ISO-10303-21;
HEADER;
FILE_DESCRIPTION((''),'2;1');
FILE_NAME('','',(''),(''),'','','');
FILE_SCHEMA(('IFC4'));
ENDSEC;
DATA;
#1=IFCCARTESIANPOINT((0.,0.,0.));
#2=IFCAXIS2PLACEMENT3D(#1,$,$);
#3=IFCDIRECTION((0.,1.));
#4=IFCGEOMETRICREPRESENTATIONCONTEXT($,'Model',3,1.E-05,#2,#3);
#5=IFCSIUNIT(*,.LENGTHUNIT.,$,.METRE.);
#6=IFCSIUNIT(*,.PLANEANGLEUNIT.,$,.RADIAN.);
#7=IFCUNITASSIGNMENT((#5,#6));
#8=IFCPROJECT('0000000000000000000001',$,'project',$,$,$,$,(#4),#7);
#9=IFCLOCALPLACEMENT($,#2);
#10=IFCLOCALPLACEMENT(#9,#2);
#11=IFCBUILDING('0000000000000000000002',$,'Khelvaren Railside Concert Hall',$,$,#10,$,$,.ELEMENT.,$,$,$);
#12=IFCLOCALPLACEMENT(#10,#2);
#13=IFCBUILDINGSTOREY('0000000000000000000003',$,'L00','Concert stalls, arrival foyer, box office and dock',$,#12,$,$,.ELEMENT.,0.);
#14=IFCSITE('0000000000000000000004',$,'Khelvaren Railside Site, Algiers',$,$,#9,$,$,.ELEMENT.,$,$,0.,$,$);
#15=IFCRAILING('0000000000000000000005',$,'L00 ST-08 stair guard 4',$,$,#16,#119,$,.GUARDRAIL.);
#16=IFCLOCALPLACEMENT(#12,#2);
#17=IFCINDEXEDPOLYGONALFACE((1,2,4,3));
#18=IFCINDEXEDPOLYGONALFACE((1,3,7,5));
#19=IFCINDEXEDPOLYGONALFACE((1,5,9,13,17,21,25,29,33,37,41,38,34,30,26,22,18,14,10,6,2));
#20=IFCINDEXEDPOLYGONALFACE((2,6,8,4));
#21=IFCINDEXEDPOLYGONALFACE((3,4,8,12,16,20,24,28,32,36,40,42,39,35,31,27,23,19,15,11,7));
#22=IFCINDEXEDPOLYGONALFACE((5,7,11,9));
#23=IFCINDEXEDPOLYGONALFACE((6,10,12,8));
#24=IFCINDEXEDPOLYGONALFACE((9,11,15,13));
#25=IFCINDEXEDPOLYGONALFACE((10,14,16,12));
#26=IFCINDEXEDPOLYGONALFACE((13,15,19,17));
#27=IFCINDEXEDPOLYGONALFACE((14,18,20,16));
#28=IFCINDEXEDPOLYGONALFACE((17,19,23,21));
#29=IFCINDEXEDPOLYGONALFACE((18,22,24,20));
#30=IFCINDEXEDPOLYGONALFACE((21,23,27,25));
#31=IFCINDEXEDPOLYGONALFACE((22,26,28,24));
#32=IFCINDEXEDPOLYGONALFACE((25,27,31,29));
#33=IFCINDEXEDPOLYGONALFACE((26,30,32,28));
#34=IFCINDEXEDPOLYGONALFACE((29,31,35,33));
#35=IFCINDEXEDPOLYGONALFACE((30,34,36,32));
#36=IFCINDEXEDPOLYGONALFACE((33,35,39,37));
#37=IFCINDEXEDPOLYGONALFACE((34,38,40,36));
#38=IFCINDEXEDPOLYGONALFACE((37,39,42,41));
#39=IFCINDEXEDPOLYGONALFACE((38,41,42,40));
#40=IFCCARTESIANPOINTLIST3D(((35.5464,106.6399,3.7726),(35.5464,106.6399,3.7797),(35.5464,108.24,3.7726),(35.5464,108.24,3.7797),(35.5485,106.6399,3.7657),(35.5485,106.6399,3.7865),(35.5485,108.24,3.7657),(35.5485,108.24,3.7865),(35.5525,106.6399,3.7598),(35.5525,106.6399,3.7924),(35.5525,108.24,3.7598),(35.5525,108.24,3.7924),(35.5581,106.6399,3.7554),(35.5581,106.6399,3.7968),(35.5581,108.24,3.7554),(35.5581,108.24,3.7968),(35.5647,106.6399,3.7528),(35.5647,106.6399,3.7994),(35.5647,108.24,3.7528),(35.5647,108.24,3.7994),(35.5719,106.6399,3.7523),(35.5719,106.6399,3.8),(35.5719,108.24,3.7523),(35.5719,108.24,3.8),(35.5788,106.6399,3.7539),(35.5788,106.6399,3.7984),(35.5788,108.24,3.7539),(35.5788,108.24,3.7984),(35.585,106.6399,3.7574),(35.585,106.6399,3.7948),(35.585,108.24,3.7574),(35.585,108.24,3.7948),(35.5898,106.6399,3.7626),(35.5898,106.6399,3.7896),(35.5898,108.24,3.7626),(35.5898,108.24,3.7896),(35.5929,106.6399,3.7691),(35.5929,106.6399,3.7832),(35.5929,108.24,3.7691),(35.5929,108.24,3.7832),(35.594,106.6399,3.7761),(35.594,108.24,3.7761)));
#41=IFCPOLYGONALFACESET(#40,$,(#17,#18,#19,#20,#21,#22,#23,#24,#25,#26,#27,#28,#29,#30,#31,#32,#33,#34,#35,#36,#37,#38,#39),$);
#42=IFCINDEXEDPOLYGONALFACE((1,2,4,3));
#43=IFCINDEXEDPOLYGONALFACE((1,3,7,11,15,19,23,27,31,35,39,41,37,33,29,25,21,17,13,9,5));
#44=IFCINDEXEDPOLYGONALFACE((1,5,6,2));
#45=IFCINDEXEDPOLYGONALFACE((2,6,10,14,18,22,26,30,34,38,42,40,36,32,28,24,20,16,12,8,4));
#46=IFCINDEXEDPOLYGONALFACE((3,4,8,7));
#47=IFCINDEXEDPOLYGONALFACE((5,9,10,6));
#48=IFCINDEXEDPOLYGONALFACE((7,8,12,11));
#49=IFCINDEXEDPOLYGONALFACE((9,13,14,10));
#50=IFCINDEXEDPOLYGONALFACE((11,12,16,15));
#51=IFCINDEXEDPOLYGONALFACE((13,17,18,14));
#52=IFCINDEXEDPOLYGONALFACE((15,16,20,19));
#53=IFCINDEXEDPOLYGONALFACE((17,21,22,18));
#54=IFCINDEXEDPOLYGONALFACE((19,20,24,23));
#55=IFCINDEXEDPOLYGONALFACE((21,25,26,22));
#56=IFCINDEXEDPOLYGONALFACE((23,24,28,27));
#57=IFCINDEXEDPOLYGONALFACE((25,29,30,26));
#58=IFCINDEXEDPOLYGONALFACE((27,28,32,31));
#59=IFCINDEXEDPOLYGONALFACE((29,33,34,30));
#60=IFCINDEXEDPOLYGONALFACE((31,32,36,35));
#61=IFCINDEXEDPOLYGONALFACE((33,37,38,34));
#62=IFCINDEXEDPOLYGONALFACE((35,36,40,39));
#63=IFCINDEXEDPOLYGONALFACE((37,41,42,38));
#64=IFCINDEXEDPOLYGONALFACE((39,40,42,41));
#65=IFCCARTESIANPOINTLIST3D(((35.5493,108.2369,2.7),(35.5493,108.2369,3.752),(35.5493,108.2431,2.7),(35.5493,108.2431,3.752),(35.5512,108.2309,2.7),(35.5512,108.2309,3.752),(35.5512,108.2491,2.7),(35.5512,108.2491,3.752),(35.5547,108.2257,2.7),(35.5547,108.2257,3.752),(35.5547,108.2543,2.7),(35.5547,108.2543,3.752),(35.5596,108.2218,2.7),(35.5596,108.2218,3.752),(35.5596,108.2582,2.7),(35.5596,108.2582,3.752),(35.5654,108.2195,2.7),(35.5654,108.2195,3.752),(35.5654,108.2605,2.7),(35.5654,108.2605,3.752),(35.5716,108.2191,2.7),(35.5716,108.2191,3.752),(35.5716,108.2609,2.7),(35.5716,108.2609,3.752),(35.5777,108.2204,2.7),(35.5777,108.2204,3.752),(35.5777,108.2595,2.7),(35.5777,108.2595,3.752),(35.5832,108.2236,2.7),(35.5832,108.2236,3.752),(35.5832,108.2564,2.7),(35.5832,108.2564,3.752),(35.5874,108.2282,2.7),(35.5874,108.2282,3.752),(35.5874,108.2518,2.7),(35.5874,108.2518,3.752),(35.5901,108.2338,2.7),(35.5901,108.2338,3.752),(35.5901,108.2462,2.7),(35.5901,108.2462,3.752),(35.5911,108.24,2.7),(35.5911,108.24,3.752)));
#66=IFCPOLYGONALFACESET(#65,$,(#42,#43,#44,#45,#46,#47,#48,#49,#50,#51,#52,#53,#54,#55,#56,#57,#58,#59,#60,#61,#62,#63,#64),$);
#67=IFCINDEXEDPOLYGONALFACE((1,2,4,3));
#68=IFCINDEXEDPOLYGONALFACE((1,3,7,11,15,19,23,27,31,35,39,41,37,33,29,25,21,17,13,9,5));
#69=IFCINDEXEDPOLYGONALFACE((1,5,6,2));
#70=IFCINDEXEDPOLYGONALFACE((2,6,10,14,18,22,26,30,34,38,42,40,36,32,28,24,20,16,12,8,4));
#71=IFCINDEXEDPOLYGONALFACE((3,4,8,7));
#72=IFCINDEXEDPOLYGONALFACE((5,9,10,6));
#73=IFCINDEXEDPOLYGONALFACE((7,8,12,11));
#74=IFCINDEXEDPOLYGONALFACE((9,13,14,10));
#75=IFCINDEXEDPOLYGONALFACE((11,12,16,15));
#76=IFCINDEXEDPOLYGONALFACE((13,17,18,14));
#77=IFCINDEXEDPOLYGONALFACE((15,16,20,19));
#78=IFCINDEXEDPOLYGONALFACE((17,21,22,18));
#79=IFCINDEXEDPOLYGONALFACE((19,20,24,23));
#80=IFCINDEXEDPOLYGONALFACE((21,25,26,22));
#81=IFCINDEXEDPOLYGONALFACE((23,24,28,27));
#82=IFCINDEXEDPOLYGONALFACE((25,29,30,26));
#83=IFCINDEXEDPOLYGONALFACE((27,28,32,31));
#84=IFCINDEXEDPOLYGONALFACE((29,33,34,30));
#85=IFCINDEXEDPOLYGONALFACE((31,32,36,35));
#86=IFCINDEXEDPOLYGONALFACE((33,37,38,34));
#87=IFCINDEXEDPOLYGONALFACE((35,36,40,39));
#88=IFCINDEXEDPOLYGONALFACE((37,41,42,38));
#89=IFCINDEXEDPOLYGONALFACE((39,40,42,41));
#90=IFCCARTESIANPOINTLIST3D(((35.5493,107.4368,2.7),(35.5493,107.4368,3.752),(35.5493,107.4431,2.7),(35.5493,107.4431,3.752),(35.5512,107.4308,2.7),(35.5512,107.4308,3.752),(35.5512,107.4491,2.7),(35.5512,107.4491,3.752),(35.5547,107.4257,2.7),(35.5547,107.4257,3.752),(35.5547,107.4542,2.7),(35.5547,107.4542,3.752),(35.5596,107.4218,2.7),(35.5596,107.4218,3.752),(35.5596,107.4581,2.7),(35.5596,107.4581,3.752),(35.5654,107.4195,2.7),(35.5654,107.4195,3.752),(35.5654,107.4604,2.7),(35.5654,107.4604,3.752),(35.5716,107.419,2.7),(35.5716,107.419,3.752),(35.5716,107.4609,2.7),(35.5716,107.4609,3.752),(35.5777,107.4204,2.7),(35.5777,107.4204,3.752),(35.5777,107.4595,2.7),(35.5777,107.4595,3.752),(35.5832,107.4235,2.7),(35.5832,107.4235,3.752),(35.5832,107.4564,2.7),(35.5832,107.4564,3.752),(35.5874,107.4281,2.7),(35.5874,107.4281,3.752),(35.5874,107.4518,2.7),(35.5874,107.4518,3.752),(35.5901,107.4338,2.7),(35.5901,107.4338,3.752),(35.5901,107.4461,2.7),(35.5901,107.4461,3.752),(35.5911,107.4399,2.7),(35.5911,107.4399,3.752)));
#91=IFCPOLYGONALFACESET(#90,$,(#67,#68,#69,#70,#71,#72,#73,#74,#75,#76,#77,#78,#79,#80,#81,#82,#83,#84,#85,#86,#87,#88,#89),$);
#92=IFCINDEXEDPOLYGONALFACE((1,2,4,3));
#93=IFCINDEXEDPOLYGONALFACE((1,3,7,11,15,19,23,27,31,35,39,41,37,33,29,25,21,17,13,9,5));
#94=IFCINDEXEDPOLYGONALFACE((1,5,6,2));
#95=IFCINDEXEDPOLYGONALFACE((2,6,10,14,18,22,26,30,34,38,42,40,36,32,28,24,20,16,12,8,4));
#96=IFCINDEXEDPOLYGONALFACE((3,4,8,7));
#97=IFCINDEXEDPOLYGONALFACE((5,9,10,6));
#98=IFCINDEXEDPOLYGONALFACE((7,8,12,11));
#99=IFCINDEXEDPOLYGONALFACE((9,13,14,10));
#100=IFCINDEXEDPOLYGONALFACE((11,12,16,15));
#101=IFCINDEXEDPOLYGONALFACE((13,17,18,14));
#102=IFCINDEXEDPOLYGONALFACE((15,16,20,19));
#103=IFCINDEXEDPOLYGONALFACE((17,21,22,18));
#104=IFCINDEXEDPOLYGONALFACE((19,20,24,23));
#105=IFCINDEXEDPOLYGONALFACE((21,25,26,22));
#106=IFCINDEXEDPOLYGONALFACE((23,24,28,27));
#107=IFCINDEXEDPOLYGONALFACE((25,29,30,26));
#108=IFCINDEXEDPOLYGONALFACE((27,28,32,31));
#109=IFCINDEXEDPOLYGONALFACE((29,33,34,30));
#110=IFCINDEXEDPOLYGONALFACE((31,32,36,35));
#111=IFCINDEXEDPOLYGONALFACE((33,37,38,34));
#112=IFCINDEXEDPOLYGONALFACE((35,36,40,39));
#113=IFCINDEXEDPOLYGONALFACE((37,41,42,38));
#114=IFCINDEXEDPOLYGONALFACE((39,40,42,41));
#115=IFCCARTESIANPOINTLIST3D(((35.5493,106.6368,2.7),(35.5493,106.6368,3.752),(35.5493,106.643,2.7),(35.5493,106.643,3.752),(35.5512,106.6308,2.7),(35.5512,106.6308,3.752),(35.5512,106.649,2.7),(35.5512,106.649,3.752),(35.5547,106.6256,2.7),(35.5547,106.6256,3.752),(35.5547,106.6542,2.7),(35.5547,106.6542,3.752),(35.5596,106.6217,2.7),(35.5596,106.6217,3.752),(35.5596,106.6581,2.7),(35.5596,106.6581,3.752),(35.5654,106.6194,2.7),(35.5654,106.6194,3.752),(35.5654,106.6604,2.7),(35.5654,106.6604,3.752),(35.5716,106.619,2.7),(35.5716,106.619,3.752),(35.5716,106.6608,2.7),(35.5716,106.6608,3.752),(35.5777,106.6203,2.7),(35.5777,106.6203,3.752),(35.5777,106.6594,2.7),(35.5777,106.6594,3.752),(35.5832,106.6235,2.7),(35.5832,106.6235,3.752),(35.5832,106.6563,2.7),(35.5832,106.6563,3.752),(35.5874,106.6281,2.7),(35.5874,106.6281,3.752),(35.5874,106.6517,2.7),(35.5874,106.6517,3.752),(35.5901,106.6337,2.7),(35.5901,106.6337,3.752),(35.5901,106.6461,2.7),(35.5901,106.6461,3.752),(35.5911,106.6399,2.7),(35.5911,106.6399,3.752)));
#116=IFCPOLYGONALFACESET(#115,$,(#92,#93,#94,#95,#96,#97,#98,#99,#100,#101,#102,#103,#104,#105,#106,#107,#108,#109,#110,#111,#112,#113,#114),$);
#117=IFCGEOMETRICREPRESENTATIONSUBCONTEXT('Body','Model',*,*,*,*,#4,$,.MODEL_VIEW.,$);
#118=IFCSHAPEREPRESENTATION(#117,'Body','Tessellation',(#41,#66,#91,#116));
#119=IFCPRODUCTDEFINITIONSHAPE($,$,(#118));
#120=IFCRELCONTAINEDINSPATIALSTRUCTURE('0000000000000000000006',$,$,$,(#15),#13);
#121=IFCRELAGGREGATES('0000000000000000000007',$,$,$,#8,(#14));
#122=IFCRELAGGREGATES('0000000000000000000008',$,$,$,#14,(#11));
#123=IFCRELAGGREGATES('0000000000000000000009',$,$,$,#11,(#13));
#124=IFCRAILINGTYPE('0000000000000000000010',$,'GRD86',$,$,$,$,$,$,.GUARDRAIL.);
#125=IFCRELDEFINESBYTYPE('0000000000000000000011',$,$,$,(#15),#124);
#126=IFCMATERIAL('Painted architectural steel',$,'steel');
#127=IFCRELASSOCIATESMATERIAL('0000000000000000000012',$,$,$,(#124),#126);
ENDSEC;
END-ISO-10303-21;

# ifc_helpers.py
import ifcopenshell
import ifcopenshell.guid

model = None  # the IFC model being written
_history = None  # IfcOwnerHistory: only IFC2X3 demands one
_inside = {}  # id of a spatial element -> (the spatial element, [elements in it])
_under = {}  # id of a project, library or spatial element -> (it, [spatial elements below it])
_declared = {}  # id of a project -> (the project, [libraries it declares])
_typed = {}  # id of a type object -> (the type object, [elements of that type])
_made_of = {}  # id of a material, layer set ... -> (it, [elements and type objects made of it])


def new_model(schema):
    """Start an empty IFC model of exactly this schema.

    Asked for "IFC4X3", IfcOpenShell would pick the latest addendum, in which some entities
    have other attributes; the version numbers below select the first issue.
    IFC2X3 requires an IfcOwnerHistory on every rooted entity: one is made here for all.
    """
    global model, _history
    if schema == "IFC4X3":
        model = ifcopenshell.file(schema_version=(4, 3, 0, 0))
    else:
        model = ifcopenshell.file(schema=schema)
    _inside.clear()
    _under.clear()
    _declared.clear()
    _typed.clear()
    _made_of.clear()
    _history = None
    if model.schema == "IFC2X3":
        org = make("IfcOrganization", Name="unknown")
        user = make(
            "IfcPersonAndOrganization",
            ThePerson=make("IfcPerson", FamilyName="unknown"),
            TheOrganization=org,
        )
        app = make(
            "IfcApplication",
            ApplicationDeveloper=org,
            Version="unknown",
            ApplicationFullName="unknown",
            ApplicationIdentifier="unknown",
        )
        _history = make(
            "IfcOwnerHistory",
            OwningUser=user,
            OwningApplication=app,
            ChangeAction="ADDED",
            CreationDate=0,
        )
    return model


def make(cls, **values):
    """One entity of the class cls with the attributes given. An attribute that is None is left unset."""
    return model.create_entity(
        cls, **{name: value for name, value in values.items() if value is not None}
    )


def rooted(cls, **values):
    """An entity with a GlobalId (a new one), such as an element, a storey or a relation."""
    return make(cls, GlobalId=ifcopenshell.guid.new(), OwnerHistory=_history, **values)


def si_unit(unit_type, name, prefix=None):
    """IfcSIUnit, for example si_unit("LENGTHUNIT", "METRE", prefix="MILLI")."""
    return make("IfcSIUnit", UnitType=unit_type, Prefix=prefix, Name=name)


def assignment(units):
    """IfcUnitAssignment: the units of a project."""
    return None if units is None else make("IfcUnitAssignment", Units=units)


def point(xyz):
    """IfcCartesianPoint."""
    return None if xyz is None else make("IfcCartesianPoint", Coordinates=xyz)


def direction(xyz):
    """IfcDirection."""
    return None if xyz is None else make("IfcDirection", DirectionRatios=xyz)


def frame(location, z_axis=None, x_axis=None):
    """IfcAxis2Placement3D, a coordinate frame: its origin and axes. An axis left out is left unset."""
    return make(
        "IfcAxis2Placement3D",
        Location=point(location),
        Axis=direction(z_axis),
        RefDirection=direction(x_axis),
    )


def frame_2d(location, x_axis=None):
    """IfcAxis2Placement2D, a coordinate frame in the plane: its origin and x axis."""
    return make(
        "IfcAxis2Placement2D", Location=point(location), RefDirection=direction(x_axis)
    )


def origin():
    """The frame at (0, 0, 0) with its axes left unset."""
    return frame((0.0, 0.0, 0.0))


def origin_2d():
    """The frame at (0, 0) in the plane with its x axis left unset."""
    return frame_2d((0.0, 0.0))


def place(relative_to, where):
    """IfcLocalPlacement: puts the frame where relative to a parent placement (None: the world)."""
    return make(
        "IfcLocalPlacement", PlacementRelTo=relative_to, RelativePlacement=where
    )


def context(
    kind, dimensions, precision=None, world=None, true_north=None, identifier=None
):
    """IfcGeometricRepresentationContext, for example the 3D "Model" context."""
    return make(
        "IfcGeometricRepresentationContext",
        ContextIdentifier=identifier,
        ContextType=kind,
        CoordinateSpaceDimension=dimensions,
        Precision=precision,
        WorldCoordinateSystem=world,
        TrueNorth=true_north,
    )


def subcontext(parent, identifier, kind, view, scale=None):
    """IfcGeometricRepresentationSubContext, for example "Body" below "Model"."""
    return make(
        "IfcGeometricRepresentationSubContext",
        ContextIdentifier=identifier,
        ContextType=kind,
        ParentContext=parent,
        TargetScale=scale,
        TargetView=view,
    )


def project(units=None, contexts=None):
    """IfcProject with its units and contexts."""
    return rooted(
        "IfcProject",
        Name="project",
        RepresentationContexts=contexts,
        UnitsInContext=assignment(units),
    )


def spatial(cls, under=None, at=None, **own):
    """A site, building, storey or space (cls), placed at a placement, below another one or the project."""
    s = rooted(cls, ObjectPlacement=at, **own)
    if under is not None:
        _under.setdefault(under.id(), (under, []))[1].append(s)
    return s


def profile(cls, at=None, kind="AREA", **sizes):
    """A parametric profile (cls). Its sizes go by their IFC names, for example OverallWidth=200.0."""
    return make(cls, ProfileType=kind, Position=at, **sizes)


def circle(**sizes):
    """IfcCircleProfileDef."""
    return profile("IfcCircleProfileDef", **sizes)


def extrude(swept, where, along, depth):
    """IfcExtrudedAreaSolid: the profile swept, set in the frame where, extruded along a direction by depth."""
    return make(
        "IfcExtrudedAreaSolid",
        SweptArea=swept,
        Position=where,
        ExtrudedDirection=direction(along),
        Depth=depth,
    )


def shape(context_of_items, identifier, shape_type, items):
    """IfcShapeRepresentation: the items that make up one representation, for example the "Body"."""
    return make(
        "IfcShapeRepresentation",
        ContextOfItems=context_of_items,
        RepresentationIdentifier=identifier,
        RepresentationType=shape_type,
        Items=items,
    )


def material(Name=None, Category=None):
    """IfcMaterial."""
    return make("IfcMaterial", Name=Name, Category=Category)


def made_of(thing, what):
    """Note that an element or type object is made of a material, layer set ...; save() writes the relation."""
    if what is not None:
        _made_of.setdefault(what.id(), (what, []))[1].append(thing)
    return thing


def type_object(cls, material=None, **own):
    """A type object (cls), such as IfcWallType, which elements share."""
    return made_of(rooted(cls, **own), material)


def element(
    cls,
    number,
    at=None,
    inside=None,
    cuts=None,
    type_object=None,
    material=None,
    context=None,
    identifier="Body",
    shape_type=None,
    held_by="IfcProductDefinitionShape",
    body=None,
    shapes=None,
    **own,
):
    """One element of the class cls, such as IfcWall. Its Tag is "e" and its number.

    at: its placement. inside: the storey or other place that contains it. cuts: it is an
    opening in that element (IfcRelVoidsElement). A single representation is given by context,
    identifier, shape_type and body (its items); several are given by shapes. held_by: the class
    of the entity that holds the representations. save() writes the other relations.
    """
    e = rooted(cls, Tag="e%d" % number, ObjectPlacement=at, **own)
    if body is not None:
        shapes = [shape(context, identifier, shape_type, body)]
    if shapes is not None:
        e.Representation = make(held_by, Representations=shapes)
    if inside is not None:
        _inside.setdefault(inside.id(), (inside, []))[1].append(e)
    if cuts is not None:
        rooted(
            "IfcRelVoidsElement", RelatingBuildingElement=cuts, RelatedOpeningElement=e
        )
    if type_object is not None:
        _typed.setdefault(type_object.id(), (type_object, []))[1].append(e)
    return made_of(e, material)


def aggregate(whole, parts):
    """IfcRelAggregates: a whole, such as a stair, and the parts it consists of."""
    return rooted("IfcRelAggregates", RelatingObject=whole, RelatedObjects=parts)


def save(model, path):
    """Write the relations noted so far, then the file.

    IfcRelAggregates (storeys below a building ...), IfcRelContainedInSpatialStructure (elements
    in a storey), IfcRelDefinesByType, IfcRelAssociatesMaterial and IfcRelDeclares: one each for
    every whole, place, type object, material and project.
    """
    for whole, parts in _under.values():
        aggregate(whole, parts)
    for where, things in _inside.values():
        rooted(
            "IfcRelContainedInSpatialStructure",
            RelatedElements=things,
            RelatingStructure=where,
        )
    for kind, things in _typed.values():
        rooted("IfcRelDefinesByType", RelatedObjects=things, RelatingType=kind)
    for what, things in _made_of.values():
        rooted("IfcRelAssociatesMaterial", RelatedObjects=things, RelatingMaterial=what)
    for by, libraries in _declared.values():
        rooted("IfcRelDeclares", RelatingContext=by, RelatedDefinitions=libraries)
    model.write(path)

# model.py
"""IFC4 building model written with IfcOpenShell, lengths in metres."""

from ifc_helpers import new_model, si_unit, direction, frame, origin, origin_2d, place, context, subcontext, project, spatial, circle, extrude, material, type_object, element, save


model = new_model("IFC4")

# Units and contexts
model_context = context("Model", 3, precision=1e-05, world=origin(), true_north=direction((0.0, 1.0)))
body_context = subcontext(model_context, "Body", "Model", "MODEL_VIEW")
ifc_project = project(units=[si_unit("LENGTHUNIT", "METRE"), si_unit("PLANEANGLEUNIT", "RADIAN")], contexts=[model_context])

# Site, building, storey
site_placement = place(None, origin())
site = spatial("IfcSite", under=ifc_project, at=site_placement, Name="Khelvaren Railside Site, Algiers", CompositionType="ELEMENT", RefElevation=0.0)
building_placement = place(site_placement, origin())
building = spatial("IfcBuilding", under=site, at=building_placement, Name="Khelvaren Railside Concert Hall", CompositionType="ELEMENT")
storey_placement = place(building_placement, origin())
storey = spatial("IfcBuildingStorey", under=building, at=storey_placement, Name="L00", Description="Concert stalls, arrival foyer, box office and dock", CompositionType="ELEMENT", Elevation=0.0)

# Railing
ifc_material_1 = material(Name="Painted architectural steel", Category="steel")
railing_type_1 = type_object("IfcRailingType", Name="GRD86", PredefinedType="GUARDRAIL", material=ifc_material_1)
for number, where, name in (
    (1, (35.5701, 108.24, 2.7), "L00 ST-08 stair guard 4"),
):
    element("IfcRailing", number, at=place(storey_placement, frame(where)), inside=storey, type_object=railing_type_1, Name=name, PredefinedType="GUARDRAIL", context=body_context, shape_type="SweptSolid", body=[
        extrude(circle(Radius=0.0239, at=origin_2d()), frame((0.0, 0.0, 1.0762), z_axis=(0.0, -1.0, 0.0), x_axis=(1.0, 0.0, 0.0)), (0.0, 0.0, 1.0), 1.6001),
        extrude(circle(Radius=0.021, at=origin_2d()), origin(), (0.0, 0.0, 1.0), 1.052),
        extrude(circle(Radius=0.021, at=origin_2d()), frame((0.0, -0.8, 0.0)), (0.0, 0.0, 1.0), 1.052),
        extrude(circle(Radius=0.021, at=origin_2d()), frame((0.0, -1.6001, 0.0)), (0.0, 0.0, 1.0), 1.052),
    ])

save(model, "model.ifc")
